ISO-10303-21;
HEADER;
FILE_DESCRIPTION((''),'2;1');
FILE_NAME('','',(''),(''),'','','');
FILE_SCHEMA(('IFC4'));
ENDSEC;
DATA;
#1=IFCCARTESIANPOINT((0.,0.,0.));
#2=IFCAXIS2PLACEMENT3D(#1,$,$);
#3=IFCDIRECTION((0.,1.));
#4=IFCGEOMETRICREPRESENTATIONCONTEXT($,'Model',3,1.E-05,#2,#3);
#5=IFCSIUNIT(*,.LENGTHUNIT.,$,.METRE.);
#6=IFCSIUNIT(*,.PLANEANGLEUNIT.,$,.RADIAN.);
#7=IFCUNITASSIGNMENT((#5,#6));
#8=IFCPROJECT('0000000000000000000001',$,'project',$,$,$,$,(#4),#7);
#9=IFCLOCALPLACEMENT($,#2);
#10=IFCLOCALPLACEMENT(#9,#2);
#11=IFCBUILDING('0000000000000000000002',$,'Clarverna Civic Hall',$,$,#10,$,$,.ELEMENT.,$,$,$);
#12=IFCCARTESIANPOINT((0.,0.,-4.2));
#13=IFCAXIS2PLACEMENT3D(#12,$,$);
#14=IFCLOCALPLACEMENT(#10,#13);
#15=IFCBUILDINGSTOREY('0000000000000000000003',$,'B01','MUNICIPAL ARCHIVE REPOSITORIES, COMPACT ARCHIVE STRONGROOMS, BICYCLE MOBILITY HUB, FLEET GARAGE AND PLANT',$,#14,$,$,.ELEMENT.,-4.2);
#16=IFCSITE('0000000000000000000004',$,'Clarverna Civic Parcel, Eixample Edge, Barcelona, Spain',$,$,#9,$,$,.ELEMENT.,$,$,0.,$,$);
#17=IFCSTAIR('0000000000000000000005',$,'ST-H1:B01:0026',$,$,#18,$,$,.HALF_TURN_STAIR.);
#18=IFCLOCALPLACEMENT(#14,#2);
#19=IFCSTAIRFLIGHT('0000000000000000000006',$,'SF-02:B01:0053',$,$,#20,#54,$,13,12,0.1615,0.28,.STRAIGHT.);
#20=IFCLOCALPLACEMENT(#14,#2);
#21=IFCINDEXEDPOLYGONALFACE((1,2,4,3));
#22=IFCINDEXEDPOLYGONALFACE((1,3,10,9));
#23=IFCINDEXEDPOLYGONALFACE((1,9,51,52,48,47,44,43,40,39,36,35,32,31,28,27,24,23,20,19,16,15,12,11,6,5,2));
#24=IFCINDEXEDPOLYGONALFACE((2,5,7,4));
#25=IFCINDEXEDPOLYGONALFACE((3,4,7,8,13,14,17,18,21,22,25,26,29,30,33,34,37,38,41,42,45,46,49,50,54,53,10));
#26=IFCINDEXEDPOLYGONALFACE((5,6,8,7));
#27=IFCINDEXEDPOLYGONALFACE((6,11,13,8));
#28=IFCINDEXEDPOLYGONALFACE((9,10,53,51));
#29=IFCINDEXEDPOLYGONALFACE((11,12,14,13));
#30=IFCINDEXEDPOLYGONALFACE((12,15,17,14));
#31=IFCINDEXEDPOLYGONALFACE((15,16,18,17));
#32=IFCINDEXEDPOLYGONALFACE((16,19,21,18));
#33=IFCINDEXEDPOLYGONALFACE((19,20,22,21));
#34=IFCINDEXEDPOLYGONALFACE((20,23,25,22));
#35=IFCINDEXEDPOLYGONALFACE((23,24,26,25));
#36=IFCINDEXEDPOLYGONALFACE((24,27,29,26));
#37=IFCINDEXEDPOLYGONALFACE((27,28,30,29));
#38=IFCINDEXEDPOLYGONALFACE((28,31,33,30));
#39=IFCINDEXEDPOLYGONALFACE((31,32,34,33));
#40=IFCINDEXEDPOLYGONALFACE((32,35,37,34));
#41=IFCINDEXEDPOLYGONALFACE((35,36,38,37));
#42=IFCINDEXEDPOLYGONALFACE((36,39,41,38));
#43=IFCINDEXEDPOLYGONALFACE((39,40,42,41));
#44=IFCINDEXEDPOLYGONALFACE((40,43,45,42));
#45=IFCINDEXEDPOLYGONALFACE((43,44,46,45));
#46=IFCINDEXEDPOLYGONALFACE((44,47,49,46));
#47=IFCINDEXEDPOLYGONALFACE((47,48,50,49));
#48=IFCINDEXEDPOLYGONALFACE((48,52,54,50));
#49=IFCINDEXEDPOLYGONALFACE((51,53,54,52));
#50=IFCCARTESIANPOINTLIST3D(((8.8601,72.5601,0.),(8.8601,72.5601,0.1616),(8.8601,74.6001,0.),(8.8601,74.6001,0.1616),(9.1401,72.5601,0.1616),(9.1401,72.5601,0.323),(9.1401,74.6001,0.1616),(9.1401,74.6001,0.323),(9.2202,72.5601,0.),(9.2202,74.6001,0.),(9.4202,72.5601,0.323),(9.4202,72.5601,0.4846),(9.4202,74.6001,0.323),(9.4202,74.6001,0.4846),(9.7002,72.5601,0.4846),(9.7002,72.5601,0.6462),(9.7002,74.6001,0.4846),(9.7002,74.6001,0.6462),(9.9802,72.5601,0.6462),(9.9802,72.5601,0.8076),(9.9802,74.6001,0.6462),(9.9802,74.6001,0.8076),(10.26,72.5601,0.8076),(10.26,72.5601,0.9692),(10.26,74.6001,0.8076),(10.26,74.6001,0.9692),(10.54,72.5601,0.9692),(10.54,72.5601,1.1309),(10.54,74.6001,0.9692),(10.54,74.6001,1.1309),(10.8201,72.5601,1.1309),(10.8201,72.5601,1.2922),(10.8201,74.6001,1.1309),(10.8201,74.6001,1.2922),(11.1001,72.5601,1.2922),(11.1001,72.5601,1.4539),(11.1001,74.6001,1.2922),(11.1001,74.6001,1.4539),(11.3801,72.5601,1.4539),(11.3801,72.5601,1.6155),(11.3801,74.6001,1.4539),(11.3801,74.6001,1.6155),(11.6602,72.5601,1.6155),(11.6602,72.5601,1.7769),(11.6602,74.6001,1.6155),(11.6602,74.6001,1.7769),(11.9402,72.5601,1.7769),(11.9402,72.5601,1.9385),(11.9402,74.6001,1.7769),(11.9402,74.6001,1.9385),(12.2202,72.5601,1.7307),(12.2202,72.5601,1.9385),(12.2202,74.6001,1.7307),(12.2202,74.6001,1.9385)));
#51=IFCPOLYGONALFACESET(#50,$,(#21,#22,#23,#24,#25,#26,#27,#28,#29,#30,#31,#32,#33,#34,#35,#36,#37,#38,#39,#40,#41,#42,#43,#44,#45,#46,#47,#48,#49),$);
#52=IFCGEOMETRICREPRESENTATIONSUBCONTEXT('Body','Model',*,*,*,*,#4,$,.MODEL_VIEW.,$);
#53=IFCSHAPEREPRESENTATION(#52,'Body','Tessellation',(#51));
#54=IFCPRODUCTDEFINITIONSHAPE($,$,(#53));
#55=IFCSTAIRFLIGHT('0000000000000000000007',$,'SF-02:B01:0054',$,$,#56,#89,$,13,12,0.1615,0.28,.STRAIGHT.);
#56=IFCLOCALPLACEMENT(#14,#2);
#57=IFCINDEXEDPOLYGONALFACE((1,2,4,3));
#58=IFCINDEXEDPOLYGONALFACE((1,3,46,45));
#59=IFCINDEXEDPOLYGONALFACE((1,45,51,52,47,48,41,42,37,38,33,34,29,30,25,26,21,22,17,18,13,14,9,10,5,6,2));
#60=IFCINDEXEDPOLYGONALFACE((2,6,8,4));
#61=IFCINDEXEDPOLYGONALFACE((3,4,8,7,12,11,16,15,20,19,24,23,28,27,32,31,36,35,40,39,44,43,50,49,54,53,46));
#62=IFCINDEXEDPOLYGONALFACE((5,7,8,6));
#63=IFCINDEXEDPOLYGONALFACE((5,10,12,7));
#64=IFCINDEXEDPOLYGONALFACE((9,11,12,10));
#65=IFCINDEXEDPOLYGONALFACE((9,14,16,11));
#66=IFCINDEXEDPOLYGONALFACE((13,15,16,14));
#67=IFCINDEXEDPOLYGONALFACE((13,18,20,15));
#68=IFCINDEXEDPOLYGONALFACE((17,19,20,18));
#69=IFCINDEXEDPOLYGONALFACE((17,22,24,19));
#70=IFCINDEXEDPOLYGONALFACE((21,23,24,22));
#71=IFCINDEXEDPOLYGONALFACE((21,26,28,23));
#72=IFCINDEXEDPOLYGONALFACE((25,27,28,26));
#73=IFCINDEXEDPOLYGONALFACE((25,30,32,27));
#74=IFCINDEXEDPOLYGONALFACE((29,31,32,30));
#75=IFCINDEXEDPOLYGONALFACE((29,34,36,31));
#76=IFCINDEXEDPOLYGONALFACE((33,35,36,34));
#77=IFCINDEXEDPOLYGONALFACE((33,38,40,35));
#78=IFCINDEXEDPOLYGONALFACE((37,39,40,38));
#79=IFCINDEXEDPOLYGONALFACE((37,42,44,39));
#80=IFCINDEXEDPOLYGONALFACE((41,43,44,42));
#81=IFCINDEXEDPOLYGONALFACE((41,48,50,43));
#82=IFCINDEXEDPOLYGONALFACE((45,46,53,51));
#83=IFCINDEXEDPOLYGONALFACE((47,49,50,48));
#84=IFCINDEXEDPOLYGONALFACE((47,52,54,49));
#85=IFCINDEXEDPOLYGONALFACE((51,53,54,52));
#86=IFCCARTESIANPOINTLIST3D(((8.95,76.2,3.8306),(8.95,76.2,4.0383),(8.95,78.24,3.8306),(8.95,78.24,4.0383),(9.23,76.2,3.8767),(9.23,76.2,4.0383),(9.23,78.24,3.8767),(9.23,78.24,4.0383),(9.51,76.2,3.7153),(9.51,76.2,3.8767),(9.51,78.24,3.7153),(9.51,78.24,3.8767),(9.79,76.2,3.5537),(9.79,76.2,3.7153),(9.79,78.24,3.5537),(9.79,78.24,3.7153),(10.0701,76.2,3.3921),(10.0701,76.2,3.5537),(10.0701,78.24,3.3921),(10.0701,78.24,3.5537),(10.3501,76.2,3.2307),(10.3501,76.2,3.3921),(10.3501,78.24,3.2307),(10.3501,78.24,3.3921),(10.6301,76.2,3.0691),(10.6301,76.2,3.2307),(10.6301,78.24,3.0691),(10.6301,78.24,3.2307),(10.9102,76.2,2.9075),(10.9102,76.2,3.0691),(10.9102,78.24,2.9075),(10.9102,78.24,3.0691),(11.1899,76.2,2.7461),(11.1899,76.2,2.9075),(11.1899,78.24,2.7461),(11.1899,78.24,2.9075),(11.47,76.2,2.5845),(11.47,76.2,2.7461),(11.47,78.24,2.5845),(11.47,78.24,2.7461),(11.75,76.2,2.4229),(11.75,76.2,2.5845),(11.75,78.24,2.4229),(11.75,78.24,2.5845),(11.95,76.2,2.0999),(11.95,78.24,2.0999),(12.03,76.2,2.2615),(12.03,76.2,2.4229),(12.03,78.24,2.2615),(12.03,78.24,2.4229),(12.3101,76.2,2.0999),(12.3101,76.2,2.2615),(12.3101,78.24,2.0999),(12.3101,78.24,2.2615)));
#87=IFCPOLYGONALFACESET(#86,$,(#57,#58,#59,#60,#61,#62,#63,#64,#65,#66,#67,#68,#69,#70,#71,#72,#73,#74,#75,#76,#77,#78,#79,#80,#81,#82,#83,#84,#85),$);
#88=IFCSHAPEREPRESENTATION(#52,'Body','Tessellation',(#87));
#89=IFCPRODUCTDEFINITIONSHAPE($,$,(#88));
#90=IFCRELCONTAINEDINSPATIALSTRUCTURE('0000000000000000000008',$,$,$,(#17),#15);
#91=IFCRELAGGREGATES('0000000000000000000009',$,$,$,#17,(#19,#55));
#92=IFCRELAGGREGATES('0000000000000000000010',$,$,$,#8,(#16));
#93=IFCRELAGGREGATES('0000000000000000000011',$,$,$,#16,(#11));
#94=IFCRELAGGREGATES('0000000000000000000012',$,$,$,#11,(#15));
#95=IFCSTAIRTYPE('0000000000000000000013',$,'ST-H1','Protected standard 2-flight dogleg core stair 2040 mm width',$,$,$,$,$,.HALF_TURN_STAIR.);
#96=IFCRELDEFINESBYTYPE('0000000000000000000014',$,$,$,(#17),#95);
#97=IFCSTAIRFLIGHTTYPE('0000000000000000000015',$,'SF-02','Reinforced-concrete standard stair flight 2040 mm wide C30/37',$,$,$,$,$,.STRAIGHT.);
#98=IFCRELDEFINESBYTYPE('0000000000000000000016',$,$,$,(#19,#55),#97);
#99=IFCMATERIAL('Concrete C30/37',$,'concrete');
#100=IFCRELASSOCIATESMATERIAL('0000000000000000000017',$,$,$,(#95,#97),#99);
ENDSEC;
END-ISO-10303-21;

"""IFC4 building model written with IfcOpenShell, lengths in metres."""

from ifc_helpers import new_model, si_unit, direction, frame, origin, place, context, subcontext, project, spatial, polyline, outline, extrude, material, type_object, element, aggregate, save


model = new_model("IFC4")

# Units and contexts
model_context = context("Model", 3, precision=1e-05, world=origin(), true_north=direction((0.0, 1.0)))
body_context = subcontext(model_context, "Body", "Model", "MODEL_VIEW")
ifc_project = project(units=[si_unit("LENGTHUNIT", "METRE"), si_unit("PLANEANGLEUNIT", "RADIAN")], contexts=[model_context])

# Site, building, storey
site_placement = place(None, origin())
site = spatial("IfcSite", under=ifc_project, at=site_placement, Name="Clarverna Civic Parcel, Eixample Edge, Barcelona, Spain", CompositionType="ELEMENT", RefElevation=0.0)
building_placement = place(site_placement, origin())
building = spatial("IfcBuilding", under=site, at=building_placement, Name="Clarverna Civic Hall", CompositionType="ELEMENT")
storey_placement = place(building_placement, frame((0.0, 0.0, -4.2)))
storey = spatial("IfcBuildingStorey", under=building, at=storey_placement, Name="B01", Description="MUNICIPAL ARCHIVE REPOSITORIES, COMPACT ARCHIVE STRONGROOMS, BICYCLE MOBILITY HUB, FLEET GARAGE AND PLANT", CompositionType="ELEMENT", Elevation=-4.2)

# Shared definitions
ifc_material_1 = material(Name="Concrete C30/37", Category="concrete")

# Stair, stair flights
stair_type = type_object("IfcStairType", Name="ST-H1", Description="Protected standard 2-flight dogleg core stair 2040 mm width", PredefinedType="HALF_TURN_STAIR", material=ifc_material_1)
stair_placement = place(storey_placement, origin())
stair = element("IfcStair", 1, at=stair_placement, inside=storey, type_object=stair_type, Name="ST-H1:B01:0026", PredefinedType="HALF_TURN_STAIR")
stair_flight_type = type_object("IfcStairFlightType", Name="SF-02", Description="Reinforced-concrete standard stair flight 2040 mm wide C30/37", PredefinedType="STRAIGHT", material=ifc_material_1)
stair_flight_1_placement = place(storey_placement, frame((8.8601, 73.5801, 0.0), z_axis=(0.0, 0.0, 1.0), x_axis=(1.0, 0.0, 0.0)))
stair_flight_1 = element("IfcStairFlight", 2, at=stair_flight_1_placement, type_object=stair_flight_type, Name="SF-02:B01:0053", NumberOfRisers=13, NumberOfTreads=12, PredefinedType="STRAIGHT", RiserHeight=0.1615, TreadLength=0.28, context=body_context, shape_type="SweptSolid", body=[
    extrude(outline(polyline([(0.0, 0.0), (0.0, 0.1616), (0.28, 0.1616), (0.28, 0.323), (0.5601, 0.323), (0.5601, 0.4846), (0.8401, 0.4846), (0.8401, 0.6462), (1.1201, 0.6462), (1.1201, 0.8076), (1.3999, 0.8076), (1.3999, 0.9692), (1.6799, 0.9692), (1.6799, 1.1309), (1.96, 1.1309), (1.96, 1.2922), (2.24, 1.2922), (2.24, 1.4539), (2.52, 1.4539), (2.52, 1.6155), (2.8, 1.6155), (2.8, 1.7769), (3.0801, 1.7769), (3.0801, 1.9385), (3.3601, 1.9385), (3.3601, 2.1001), (3.3601, 1.7307), (0.3601, 0.0), (0.0, 0.0)])), frame((0.0, 1.02, 0.0), z_axis=(0.0, -1.0, 0.0), x_axis=(1.0, 0.0, 0.0)), (0.0, 0.0, 1.0), 2.04),
])
stair_flight_2_placement = place(storey_placement, frame((12.3101, 77.22, 2.0999), z_axis=(0.0, 0.0, 1.0), x_axis=(-1.0, 0.0, 0.0)))
stair_flight_2 = element("IfcStairFlight", 3, at=stair_flight_2_placement, type_object=stair_flight_type, Name="SF-02:B01:0054", NumberOfRisers=13, NumberOfTreads=12, PredefinedType="STRAIGHT", RiserHeight=0.1615, TreadLength=0.28, context=body_context, shape_type="SweptSolid", body=[
    extrude(outline(polyline([(0.0, 0.0), (0.0, 0.1616), (0.28, 0.1616), (0.28, 0.323), (0.5601, 0.323), (0.5601, 0.4846), (0.8401, 0.4846), (0.8401, 0.6462), (1.1201, 0.6462), (1.1201, 0.8076), (1.3999, 0.8076), (1.3999, 0.9692), (1.6799, 0.9692), (1.6799, 1.1309), (1.96, 1.1309), (1.96, 1.2922), (2.24, 1.2922), (2.24, 1.4539), (2.52, 1.4539), (2.52, 1.6155), (2.8, 1.6155), (2.8, 1.7769), (3.0801, 1.7769), (3.0801, 1.9385), (3.3601, 1.9385), (3.3601, 2.1001), (3.3601, 1.7307), (0.3601, 0.0), (0.0, 0.0)])), frame((0.0, 1.02, 0.0), z_axis=(0.0, -1.0, 0.0), x_axis=(1.0, 0.0, 0.0)), (0.0, 0.0, 1.0), 2.04),
])
aggregate(stair, [stair_flight_1, stair_flight_2])

save(model, "model.ifc")
